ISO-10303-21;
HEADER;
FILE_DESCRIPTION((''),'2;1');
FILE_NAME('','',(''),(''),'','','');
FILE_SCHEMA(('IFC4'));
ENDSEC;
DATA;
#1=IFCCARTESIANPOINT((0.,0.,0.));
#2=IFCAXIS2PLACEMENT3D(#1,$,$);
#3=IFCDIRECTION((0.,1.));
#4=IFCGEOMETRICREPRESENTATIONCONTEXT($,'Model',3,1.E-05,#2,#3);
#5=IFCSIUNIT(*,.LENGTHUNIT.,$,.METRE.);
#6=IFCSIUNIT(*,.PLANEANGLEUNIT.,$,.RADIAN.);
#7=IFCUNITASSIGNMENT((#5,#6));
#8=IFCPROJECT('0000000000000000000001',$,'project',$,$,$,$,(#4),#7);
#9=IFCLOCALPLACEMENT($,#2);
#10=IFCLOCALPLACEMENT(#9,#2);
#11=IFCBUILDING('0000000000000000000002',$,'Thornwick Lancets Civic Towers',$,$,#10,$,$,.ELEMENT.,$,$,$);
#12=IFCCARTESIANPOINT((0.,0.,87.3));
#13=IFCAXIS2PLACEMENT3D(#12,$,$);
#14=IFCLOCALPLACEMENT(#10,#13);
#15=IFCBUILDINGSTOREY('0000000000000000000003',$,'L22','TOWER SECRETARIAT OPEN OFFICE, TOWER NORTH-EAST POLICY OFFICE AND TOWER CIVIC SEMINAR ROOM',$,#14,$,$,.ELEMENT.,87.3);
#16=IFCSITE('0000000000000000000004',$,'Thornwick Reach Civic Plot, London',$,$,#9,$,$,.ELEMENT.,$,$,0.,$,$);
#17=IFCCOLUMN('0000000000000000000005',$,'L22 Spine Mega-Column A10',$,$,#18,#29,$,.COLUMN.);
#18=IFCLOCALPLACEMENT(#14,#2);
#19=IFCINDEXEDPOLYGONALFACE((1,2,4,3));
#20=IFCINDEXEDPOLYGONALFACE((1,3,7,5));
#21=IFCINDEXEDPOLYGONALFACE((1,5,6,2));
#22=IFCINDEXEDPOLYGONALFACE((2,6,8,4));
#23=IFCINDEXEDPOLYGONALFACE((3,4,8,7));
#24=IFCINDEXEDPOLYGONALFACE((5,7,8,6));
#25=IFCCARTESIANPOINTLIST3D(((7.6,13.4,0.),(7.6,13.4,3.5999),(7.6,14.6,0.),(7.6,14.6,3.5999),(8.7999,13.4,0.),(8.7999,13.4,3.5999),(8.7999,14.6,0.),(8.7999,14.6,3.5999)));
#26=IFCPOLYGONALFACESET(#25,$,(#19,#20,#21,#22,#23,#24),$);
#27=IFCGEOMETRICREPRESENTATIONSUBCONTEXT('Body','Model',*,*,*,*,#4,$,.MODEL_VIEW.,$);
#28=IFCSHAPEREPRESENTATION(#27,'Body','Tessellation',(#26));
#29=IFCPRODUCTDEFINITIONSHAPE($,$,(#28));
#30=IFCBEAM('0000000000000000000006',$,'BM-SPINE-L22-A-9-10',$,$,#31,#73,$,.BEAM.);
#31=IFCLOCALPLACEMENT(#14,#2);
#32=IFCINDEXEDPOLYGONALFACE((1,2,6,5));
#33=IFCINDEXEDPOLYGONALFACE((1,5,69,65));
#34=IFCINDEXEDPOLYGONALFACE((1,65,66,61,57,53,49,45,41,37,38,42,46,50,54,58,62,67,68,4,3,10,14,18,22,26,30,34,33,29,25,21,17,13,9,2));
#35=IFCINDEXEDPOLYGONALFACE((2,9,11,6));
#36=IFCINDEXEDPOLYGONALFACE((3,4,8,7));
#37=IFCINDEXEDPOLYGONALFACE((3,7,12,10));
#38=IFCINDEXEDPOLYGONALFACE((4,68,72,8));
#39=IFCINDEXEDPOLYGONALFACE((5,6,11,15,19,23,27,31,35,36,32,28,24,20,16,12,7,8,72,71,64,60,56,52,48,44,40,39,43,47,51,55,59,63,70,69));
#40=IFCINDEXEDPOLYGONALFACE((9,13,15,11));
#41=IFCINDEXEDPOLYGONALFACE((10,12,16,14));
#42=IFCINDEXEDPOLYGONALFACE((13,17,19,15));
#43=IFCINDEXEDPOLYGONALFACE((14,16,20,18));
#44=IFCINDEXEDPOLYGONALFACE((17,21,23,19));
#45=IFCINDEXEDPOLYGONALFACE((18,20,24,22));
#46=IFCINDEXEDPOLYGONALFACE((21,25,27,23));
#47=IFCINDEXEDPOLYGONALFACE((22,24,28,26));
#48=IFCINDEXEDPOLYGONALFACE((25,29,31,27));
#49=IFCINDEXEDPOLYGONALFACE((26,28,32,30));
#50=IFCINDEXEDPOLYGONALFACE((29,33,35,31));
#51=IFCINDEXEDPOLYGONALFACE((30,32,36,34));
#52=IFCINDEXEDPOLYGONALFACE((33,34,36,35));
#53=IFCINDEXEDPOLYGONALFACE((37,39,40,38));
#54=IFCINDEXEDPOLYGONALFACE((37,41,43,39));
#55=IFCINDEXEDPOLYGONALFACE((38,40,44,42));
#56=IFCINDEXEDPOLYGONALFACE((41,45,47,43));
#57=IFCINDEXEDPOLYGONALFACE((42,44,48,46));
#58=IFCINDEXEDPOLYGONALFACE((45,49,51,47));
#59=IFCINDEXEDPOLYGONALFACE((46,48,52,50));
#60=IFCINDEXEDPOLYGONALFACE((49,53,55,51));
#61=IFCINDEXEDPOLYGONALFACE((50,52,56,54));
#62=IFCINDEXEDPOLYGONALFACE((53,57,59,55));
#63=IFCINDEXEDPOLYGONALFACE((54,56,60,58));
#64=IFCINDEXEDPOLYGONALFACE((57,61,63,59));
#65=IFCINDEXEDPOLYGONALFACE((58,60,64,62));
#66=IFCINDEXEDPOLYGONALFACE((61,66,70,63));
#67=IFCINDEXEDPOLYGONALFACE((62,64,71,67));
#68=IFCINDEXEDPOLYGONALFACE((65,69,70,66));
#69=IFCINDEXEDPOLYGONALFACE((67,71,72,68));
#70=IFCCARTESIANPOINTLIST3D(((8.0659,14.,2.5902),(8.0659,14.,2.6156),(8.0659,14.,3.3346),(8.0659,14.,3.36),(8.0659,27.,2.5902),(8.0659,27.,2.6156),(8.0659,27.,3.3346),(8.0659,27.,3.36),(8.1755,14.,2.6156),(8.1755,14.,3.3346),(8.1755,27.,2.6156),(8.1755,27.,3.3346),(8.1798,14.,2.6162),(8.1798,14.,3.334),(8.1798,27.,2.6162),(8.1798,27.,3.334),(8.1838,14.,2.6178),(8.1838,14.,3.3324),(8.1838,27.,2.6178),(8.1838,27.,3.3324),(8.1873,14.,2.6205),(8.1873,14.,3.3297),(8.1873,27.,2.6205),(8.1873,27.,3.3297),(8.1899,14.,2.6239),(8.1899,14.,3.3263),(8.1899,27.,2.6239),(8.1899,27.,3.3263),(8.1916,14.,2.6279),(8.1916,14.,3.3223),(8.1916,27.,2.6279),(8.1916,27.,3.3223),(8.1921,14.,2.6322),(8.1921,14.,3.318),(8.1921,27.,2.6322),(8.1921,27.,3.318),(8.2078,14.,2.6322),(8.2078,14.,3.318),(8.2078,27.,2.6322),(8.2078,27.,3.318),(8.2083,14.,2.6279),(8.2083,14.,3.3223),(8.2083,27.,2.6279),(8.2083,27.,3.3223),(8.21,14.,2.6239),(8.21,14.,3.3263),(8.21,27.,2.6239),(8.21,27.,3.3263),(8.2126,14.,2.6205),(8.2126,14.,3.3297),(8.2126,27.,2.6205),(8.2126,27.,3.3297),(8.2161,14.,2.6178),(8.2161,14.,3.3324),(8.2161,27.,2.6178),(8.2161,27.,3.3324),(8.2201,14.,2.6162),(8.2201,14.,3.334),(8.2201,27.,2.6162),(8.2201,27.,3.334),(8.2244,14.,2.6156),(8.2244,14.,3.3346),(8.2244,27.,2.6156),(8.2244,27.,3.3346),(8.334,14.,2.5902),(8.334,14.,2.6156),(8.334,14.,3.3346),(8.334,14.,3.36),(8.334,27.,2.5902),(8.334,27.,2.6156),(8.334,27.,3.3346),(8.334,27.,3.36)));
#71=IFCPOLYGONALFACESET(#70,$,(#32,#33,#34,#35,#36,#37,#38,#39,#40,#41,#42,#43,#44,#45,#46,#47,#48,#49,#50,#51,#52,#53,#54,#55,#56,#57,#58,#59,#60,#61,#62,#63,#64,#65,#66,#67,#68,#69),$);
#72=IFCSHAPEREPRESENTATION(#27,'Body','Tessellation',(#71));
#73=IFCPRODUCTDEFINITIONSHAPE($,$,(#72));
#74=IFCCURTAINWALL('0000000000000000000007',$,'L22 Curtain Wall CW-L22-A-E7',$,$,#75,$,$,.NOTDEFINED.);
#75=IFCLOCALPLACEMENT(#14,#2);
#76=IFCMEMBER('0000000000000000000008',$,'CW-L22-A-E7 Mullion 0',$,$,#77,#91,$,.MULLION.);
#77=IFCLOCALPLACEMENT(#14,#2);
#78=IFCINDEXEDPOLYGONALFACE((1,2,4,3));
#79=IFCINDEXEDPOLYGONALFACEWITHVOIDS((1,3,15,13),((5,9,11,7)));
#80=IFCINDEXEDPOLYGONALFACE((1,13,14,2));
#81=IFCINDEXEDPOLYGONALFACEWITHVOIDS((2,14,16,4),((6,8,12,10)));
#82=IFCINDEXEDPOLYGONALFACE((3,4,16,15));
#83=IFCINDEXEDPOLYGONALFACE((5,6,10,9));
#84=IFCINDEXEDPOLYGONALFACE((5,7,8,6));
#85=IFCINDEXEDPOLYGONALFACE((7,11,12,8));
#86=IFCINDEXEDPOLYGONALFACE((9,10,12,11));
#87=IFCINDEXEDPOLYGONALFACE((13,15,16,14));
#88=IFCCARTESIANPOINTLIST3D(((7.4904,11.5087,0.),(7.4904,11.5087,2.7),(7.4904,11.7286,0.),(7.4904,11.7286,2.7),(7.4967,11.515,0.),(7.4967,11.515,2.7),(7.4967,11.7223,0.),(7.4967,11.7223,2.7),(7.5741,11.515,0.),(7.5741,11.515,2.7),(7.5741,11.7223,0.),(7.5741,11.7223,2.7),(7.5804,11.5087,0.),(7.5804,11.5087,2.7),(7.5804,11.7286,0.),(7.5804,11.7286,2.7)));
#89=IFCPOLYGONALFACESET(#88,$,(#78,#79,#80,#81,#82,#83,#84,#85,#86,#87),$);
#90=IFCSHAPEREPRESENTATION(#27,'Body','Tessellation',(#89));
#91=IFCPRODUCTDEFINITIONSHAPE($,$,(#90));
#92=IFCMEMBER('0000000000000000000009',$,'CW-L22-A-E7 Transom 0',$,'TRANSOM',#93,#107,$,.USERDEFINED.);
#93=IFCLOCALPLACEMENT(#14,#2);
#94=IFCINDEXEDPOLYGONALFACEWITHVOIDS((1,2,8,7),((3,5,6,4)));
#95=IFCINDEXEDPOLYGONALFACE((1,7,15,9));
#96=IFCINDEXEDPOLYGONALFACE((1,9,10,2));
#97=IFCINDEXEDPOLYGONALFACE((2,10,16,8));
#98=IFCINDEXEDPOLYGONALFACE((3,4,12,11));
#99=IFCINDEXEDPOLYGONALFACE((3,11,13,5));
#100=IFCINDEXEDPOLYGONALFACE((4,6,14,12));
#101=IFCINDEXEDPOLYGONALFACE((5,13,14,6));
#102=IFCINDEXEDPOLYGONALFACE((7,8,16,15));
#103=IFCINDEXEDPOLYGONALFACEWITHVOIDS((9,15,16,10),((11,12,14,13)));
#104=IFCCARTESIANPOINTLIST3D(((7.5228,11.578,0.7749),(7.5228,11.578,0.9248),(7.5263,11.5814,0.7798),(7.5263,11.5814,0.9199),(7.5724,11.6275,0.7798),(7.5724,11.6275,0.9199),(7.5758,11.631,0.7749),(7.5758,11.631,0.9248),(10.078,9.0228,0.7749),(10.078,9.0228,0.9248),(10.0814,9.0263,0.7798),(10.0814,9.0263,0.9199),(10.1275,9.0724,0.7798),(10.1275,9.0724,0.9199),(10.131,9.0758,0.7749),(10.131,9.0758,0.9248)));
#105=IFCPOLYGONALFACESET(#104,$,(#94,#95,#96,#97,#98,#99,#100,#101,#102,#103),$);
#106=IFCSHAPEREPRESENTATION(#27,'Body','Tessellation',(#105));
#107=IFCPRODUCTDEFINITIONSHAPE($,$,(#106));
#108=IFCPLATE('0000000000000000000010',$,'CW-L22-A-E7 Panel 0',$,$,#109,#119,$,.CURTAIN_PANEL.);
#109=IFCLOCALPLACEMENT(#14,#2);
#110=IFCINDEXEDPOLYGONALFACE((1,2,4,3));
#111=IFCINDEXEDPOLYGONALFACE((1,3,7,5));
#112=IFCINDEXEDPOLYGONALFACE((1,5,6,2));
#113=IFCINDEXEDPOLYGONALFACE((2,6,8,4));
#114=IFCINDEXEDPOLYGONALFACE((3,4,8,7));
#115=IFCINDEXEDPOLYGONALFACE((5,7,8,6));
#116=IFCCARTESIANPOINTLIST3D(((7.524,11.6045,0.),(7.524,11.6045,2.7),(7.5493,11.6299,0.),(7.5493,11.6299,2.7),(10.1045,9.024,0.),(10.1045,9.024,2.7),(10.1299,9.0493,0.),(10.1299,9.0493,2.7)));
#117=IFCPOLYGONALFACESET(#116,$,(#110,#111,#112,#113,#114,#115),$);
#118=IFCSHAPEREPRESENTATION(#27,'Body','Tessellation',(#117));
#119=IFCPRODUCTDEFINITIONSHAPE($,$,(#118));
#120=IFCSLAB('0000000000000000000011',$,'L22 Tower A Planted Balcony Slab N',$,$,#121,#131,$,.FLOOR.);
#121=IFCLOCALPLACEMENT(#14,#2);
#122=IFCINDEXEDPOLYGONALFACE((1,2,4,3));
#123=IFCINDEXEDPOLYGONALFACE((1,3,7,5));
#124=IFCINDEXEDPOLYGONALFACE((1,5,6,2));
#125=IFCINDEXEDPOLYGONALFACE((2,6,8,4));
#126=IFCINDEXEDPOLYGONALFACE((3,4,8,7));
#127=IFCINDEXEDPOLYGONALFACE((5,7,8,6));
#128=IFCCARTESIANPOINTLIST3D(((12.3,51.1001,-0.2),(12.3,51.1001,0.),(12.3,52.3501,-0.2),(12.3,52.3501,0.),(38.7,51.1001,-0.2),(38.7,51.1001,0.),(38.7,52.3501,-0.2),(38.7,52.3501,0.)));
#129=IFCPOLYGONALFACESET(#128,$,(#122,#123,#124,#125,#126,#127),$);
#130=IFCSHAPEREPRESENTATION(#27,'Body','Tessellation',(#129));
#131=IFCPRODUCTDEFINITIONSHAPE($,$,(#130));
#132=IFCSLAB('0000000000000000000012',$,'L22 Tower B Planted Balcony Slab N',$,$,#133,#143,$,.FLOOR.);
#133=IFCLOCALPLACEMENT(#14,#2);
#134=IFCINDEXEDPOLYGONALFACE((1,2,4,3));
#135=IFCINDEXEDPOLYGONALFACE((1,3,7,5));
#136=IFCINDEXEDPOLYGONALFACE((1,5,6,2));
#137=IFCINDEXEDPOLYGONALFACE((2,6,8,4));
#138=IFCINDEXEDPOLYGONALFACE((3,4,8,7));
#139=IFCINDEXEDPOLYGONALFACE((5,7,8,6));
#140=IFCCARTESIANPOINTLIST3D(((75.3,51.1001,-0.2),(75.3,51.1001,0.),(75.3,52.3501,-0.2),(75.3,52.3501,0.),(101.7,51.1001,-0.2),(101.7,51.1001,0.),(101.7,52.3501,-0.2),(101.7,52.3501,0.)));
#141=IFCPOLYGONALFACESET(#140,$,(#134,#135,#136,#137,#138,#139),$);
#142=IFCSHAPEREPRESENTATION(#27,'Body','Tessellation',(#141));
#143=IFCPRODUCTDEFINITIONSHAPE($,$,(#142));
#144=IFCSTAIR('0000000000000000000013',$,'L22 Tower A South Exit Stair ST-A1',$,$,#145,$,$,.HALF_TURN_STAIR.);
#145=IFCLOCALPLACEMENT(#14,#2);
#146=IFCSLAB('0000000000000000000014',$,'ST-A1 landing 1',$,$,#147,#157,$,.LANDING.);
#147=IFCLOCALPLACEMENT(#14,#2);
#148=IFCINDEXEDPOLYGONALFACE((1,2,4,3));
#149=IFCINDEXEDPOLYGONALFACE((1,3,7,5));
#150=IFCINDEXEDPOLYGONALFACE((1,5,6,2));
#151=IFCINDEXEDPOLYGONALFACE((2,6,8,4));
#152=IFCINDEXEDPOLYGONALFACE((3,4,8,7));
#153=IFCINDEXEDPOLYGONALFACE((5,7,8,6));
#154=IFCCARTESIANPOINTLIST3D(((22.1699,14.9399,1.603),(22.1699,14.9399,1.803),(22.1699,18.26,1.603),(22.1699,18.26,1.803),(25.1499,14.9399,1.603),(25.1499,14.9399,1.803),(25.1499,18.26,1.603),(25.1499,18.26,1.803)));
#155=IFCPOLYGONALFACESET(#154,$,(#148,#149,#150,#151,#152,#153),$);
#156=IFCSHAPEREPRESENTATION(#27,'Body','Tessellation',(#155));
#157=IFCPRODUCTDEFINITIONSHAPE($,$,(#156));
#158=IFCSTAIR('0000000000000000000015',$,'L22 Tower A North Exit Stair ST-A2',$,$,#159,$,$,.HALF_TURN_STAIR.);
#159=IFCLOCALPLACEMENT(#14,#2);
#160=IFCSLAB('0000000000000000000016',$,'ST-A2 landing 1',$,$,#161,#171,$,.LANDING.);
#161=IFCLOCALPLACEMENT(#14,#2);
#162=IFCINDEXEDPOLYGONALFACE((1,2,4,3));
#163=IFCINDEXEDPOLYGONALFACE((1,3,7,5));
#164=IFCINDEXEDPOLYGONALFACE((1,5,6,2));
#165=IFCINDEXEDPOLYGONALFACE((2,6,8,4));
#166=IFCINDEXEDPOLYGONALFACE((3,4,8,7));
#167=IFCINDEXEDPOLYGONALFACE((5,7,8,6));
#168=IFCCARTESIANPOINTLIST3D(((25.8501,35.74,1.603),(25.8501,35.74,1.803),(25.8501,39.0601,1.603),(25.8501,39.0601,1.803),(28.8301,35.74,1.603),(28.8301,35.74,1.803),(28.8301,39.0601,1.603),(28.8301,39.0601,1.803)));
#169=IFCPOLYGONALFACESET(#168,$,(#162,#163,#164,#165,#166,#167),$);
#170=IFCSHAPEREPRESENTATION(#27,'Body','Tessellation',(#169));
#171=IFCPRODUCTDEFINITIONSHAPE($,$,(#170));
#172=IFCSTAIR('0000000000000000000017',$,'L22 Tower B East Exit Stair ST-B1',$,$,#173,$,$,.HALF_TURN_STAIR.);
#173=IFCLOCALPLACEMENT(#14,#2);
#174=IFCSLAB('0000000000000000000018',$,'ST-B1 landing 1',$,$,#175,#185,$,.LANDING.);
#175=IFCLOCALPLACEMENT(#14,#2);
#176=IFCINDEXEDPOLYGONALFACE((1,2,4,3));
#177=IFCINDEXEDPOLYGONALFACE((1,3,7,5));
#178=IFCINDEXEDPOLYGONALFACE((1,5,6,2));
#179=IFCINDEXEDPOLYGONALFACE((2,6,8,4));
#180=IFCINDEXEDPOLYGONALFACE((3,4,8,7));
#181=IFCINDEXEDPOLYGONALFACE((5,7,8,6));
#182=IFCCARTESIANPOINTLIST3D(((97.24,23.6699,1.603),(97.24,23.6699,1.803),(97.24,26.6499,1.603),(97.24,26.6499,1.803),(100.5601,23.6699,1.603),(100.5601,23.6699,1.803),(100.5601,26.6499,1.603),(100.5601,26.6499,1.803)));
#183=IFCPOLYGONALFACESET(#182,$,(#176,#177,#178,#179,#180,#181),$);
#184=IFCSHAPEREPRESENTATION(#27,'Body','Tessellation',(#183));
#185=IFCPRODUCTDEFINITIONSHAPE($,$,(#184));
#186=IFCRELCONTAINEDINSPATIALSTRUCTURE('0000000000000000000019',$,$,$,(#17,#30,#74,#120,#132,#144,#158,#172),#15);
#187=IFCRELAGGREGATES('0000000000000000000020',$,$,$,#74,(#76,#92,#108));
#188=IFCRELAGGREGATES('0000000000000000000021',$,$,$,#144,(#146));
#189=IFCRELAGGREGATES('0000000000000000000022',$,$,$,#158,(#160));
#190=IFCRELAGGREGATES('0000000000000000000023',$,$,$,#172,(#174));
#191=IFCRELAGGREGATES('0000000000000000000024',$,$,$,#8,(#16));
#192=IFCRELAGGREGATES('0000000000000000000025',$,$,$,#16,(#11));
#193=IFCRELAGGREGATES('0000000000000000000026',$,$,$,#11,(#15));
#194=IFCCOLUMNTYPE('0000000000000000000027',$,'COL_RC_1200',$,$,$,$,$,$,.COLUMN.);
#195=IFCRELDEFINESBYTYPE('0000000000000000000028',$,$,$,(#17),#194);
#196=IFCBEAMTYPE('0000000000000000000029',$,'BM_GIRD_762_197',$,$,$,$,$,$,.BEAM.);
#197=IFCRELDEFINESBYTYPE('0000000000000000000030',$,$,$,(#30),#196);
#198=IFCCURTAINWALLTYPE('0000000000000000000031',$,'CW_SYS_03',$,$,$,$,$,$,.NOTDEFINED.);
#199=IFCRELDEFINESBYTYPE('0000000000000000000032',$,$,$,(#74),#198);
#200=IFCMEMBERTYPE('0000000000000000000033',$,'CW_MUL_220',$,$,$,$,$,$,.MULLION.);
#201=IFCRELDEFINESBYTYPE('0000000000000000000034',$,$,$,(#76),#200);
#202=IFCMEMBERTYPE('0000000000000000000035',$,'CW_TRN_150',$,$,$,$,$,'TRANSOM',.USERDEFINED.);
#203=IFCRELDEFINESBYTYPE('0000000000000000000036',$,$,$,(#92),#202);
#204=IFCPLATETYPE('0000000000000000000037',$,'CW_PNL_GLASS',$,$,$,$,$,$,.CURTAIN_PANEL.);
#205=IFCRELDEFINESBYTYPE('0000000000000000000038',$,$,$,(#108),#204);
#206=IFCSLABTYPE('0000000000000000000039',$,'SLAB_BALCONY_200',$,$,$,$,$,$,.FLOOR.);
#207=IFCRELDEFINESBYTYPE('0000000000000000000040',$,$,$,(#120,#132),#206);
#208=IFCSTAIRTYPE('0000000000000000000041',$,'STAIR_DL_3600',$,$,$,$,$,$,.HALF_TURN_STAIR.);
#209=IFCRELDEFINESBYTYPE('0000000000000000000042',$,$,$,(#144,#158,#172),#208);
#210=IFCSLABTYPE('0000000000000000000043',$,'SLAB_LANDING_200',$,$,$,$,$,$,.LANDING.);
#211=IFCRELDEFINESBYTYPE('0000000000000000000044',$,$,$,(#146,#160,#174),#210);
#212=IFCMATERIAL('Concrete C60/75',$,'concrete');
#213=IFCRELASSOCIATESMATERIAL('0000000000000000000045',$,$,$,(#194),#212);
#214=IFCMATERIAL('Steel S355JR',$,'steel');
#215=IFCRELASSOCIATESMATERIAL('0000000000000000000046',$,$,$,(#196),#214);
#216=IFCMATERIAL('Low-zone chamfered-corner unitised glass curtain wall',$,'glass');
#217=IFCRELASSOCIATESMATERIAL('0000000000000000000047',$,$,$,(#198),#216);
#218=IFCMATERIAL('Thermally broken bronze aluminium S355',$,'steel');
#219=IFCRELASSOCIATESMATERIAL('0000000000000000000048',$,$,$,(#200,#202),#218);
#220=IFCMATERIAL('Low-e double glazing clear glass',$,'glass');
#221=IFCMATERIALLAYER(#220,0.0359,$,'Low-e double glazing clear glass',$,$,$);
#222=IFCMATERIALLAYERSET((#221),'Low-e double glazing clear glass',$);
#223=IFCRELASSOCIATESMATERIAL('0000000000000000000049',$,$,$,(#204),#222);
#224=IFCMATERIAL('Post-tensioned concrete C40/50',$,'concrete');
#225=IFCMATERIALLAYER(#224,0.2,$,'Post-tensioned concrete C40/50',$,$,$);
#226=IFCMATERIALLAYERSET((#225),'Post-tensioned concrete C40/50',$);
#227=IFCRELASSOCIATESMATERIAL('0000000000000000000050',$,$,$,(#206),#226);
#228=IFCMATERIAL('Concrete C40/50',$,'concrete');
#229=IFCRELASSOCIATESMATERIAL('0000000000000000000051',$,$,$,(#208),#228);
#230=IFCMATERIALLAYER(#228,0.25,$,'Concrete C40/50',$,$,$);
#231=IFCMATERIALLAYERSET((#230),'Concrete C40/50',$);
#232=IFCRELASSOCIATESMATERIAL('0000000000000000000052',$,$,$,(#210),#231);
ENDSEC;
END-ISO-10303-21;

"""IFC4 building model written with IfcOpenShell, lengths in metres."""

from ifc_helpers import new_model, si_unit, direction, frame, origin, origin_2d, place, context, subcontext, project, spatial, polyline, rectangle, hollow_rectangle, i_section, outline, extrude, material, layer, layer_set, material_profile, profile_set, type_object, element, aggregate, save


model = new_model("IFC4")

# Units and contexts
model_context = context("Model", 3, precision=1e-05, world=origin(), true_north=direction((0.0, 1.0)))
body_context = subcontext(model_context, "Body", "Model", "MODEL_VIEW")
ifc_project = project(units=[si_unit("LENGTHUNIT", "METRE"), si_unit("PLANEANGLEUNIT", "RADIAN")], contexts=[model_context])

# Site, building, storey
site_placement = place(None, origin())
site = spatial("IfcSite", under=ifc_project, at=site_placement, Name="Thornwick Reach Civic Plot, London", CompositionType="ELEMENT", RefElevation=0.0)
building_placement = place(site_placement, origin())
building = spatial("IfcBuilding", under=site, at=building_placement, Name="Thornwick Lancets Civic Towers", CompositionType="ELEMENT")
storey_placement = place(building_placement, frame((0.0, 0.0, 87.3)))
storey = spatial("IfcBuildingStorey", under=building, at=storey_placement, Name="L22", Description="TOWER SECRETARIAT OPEN OFFICE, TOWER NORTH-EAST POLICY OFFICE AND TOWER CIVIC SEMINAR ROOM", CompositionType="ELEMENT", Elevation=87.3)

# Column
ifc_material_1 = material(Name="Concrete C60/75", Category="concrete")
ifc_material_profile_1 = material_profile(ifc_material_1, rectangle(XDim=1.2, YDim=1.2, at=origin_2d()), Name="RC 1200x1200")
ifc_profile_set_1 = profile_set([ifc_material_profile_1], Name="Concrete C60/75")
column_type = type_object("IfcColumnType", Name="COL_RC_1200", PredefinedType="COLUMN", material=ifc_profile_set_1)
column_placement = place(storey_placement, frame((8.2, 14.0, 0.0), z_axis=(0.0, 0.0, 1.0), x_axis=(1.0, 0.0, 0.0)))
element("IfcColumn", 1, at=column_placement, inside=storey, type_object=column_type, Name="L22 Spine Mega-Column A10", PredefinedType="COLUMN", context=body_context, shape_type="SweptSolid", body=[
    extrude(rectangle(XDim=1.2, YDim=1.2, at=origin_2d()), origin(), (0.0, 0.0, 1.0), 3.5999),
])

# Beam
ifc_material_2 = material(Name="Steel S355JR", Category="steel")
ifc_material_profile_2 = material_profile(ifc_material_2, i_section(OverallWidth=0.2681, OverallDepth=0.7698, WebThickness=0.0156, FlangeThickness=0.0254, FilletRadius=0.0166, at=origin_2d()), Name="UKB 762x267x197")
ifc_profile_set_2 = profile_set([ifc_material_profile_2], Name="Steel S355JR")
beam_type = type_object("IfcBeamType", Name="BM_GIRD_762_197", PredefinedType="BEAM", material=ifc_profile_set_2)
beam_placement = place(storey_placement, frame((8.2, 14.0, 2.9751), z_axis=(0.0, 1.0, 0.0), x_axis=(-1.0, 0.0, 0.0)))
element("IfcBeam", 2, at=beam_placement, inside=storey, type_object=beam_type, Name="BM-SPINE-L22-A-9-10", PredefinedType="BEAM", context=body_context, shape_type="SweptSolid", body=[
    extrude(i_section(OverallWidth=0.2681, OverallDepth=0.7698, WebThickness=0.0156, FlangeThickness=0.0254, FilletRadius=0.0166, at=origin_2d()), origin(), (0.0, 0.0, 1.0), 13.0),
])

# Curtain wall, members, plate
ifc_material_3 = material(Name="Low-zone chamfered-corner unitised glass curtain wall", Category="glass")
curtain_wall_type = type_object("IfcCurtainWallType", Name="CW_SYS_03", PredefinedType="NOTDEFINED", material=ifc_material_3)
curtain_wall_placement = place(storey_placement, origin())
curtain_wall = element("IfcCurtainWall", 3, at=curtain_wall_placement, inside=storey, type_object=curtain_wall_type, Name="L22 Curtain Wall CW-L22-A-E7", PredefinedType="NOTDEFINED")
ifc_material_4 = material(Name="Thermally broken bronze aluminium S355", Category="steel")
ifc_material_profile_3 = material_profile(ifc_material_4, hollow_rectangle(XDim=0.0901, YDim=0.22, WallThickness=0.0063, at=origin_2d()), Name="RHS 220x90x6.3")
ifc_profile_set_3 = profile_set([ifc_material_profile_3], Name="Thermally broken bronze aluminium S355")
member_type_1 = type_object("IfcMemberType", Name="CW_MUL_220", PredefinedType="MULLION", material=ifc_profile_set_3)
member_1_placement = place(storey_placement, frame((7.5354, 11.6187, 0.0), z_axis=(0.0, 0.0, 1.0), x_axis=(1.0, 0.0, 0.0)))
member_1 = element("IfcMember", 4, at=member_1_placement, type_object=member_type_1, Name="CW-L22-A-E7 Mullion 0", PredefinedType="MULLION", context=body_context, shape_type="SweptSolid", body=[
    extrude(hollow_rectangle(XDim=0.0901, YDim=0.22, WallThickness=0.0063, at=origin_2d()), origin(), (0.0, 0.0, 1.0), 2.7),
])
ifc_material_profile_4 = material_profile(ifc_material_4, hollow_rectangle(XDim=0.075, YDim=0.1499, WallThickness=0.0049, at=origin_2d()), Name="RHS 150x75x5")
ifc_profile_set_4 = profile_set([ifc_material_profile_4], Name="Thermally broken bronze aluminium S355")
member_type_2 = type_object("IfcMemberType", Name="CW_TRN_150", ElementType="TRANSOM", PredefinedType="USERDEFINED", material=ifc_profile_set_4)
member_2_placement = place(storey_placement, frame((7.5493, 11.6045, 0.8499), z_axis=(0.707107, -0.707107, 0.0), x_axis=(0.707107, 0.707107, 0.0)))
member_2 = element("IfcMember", 5, at=member_2_placement, type_object=member_type_2, Name="CW-L22-A-E7 Transom 0", ObjectType="TRANSOM", PredefinedType="USERDEFINED", context=body_context, shape_type="SweptSolid", body=[
    extrude(hollow_rectangle(XDim=0.075, YDim=0.1499, WallThickness=0.0049, at=origin_2d()), origin(), (0.0, 0.0, 1.0), 3.6135),
])
ifc_material_5 = material(Name="Low-e double glazing clear glass", Category="glass")
ifc_layer_1 = layer(ifc_material_5, 0.0359, Name="Low-e double glazing clear glass")
ifc_layer_set_1 = layer_set([ifc_layer_1], Name="Low-e double glazing clear glass")
plate_type = type_object("IfcPlateType", Name="CW_PNL_GLASS", PredefinedType="CURTAIN_PANEL", material=ifc_layer_set_1)
plate_placement = place(storey_placement, frame((8.8269, 10.3269, 0.0), z_axis=(0.0, 0.0, 1.0), x_axis=(0.707107, -0.707107, 0.0)))
plate = element("IfcPlate", 6, at=plate_placement, type_object=plate_type, Name="CW-L22-A-E7 Panel 0", PredefinedType="CURTAIN_PANEL", context=body_context, shape_type="SweptSolid", body=[
    extrude(rectangle(XDim=3.6494, YDim=0.0359, at=origin_2d()), origin(), (0.0, 0.0, 1.0), 2.7),
])
aggregate(curtain_wall, [member_1, member_2, plate])

# Slabs
ifc_material_6 = material(Name="Post-tensioned concrete C40/50", Category="concrete")
ifc_layer_2 = layer(ifc_material_6, 0.2, Name="Post-tensioned concrete C40/50")
ifc_layer_set_2 = layer_set([ifc_layer_2], Name="Post-tensioned concrete C40/50")
slab_type_1 = type_object("IfcSlabType", Name="SLAB_BALCONY_200", PredefinedType="FLOOR", material=ifc_layer_set_2)
slab_1_placement = place(storey_placement, frame((0.0, 0.0, -0.2)))
element("IfcSlab", 7, at=slab_1_placement, inside=storey, type_object=slab_type_1, Name="L22 Tower A Planted Balcony Slab N", PredefinedType="FLOOR", context=body_context, shape_type="SweptSolid", body=[
    extrude(outline(polyline([(12.3, 51.1001), (38.7, 51.1001), (38.7, 52.3501), (12.3, 52.3501), (12.3, 51.1001)])), origin(), (0.0, 0.0, 1.0), 0.2),
])
slab_2_placement = place(storey_placement, frame((0.0, 0.0, -0.2)))
element("IfcSlab", 8, at=slab_2_placement, inside=storey, type_object=slab_type_1, Name="L22 Tower B Planted Balcony Slab N", PredefinedType="FLOOR", context=body_context, shape_type="SweptSolid", body=[
    extrude(outline(polyline([(75.3, 51.1001), (101.7, 51.1001), (101.7, 52.3501), (75.3, 52.3501), (75.3, 51.1001)])), origin(), (0.0, 0.0, 1.0), 0.2),
])

# Stairs, slabs
ifc_material_7 = material(Name="Concrete C40/50", Category="concrete")
stair_type = type_object("IfcStairType", Name="STAIR_DL_3600", PredefinedType="HALF_TURN_STAIR", material=ifc_material_7)
stair_1_placement = place(storey_placement, origin())
stair_1 = element("IfcStair", 9, at=stair_1_placement, inside=storey, type_object=stair_type, Name="L22 Tower A South Exit Stair ST-A1", PredefinedType="HALF_TURN_STAIR")
ifc_layer_3 = layer(ifc_material_7, 0.25, Name="Concrete C40/50")
ifc_layer_set_3 = layer_set([ifc_layer_3], Name="Concrete C40/50")
slab_type_2 = type_object("IfcSlabType", Name="SLAB_LANDING_200", PredefinedType="LANDING", material=ifc_layer_set_3)
slab_3_placement = place(storey_placement, frame((0.0, 0.0, 1.603)))
slab_3 = element("IfcSlab", 10, at=slab_3_placement, type_object=slab_type_2, Name="ST-A1 landing 1", PredefinedType="LANDING", context=body_context, shape_type="SweptSolid", body=[
    extrude(outline(polyline([(22.1699, 14.9399), (25.1499, 14.9399), (25.1499, 18.26), (22.1699, 18.26), (22.1699, 14.9399)])), origin(), (0.0, 0.0, 1.0), 0.2),
])
aggregate(stair_1, [slab_3])
stair_2_placement = place(storey_placement, origin())
stair_2 = element("IfcStair", 11, at=stair_2_placement, inside=storey, type_object=stair_type, Name="L22 Tower A North Exit Stair ST-A2", PredefinedType="HALF_TURN_STAIR")
slab_4_placement = place(storey_placement, frame((0.0, 0.0, 1.603)))
slab_4 = element("IfcSlab", 12, at=slab_4_placement, type_object=slab_type_2, Name="ST-A2 landing 1", PredefinedType="LANDING", context=body_context, shape_type="SweptSolid", body=[
    extrude(outline(polyline([(28.8301, 39.0601), (25.8501, 39.0601), (25.8501, 35.74), (28.8301, 35.74), (28.8301, 39.0601)])), origin(), (0.0, 0.0, 1.0), 0.2),
])
aggregate(stair_2, [slab_4])
stair_3_placement = place(storey_placement, origin())
stair_3 = element("IfcStair", 13, at=stair_3_placement, inside=storey, type_object=stair_type, Name="L22 Tower B East Exit Stair ST-B1", PredefinedType="HALF_TURN_STAIR")
slab_5_placement = place(storey_placement, frame((0.0, 0.0, 1.603)))
slab_5 = element("IfcSlab", 14, at=slab_5_placement, type_object=slab_type_2, Name="ST-B1 landing 1", PredefinedType="LANDING", context=body_context, shape_type="SweptSolid", body=[
    extrude(outline(polyline([(100.5601, 23.6699), (100.5601, 26.6499), (97.24, 26.6499), (97.24, 23.6699), (100.5601, 23.6699)])), origin(), (0.0, 0.0, 1.0), 0.2),
])
aggregate(stair_3, [slab_5])

save(model, "model.ifc")
